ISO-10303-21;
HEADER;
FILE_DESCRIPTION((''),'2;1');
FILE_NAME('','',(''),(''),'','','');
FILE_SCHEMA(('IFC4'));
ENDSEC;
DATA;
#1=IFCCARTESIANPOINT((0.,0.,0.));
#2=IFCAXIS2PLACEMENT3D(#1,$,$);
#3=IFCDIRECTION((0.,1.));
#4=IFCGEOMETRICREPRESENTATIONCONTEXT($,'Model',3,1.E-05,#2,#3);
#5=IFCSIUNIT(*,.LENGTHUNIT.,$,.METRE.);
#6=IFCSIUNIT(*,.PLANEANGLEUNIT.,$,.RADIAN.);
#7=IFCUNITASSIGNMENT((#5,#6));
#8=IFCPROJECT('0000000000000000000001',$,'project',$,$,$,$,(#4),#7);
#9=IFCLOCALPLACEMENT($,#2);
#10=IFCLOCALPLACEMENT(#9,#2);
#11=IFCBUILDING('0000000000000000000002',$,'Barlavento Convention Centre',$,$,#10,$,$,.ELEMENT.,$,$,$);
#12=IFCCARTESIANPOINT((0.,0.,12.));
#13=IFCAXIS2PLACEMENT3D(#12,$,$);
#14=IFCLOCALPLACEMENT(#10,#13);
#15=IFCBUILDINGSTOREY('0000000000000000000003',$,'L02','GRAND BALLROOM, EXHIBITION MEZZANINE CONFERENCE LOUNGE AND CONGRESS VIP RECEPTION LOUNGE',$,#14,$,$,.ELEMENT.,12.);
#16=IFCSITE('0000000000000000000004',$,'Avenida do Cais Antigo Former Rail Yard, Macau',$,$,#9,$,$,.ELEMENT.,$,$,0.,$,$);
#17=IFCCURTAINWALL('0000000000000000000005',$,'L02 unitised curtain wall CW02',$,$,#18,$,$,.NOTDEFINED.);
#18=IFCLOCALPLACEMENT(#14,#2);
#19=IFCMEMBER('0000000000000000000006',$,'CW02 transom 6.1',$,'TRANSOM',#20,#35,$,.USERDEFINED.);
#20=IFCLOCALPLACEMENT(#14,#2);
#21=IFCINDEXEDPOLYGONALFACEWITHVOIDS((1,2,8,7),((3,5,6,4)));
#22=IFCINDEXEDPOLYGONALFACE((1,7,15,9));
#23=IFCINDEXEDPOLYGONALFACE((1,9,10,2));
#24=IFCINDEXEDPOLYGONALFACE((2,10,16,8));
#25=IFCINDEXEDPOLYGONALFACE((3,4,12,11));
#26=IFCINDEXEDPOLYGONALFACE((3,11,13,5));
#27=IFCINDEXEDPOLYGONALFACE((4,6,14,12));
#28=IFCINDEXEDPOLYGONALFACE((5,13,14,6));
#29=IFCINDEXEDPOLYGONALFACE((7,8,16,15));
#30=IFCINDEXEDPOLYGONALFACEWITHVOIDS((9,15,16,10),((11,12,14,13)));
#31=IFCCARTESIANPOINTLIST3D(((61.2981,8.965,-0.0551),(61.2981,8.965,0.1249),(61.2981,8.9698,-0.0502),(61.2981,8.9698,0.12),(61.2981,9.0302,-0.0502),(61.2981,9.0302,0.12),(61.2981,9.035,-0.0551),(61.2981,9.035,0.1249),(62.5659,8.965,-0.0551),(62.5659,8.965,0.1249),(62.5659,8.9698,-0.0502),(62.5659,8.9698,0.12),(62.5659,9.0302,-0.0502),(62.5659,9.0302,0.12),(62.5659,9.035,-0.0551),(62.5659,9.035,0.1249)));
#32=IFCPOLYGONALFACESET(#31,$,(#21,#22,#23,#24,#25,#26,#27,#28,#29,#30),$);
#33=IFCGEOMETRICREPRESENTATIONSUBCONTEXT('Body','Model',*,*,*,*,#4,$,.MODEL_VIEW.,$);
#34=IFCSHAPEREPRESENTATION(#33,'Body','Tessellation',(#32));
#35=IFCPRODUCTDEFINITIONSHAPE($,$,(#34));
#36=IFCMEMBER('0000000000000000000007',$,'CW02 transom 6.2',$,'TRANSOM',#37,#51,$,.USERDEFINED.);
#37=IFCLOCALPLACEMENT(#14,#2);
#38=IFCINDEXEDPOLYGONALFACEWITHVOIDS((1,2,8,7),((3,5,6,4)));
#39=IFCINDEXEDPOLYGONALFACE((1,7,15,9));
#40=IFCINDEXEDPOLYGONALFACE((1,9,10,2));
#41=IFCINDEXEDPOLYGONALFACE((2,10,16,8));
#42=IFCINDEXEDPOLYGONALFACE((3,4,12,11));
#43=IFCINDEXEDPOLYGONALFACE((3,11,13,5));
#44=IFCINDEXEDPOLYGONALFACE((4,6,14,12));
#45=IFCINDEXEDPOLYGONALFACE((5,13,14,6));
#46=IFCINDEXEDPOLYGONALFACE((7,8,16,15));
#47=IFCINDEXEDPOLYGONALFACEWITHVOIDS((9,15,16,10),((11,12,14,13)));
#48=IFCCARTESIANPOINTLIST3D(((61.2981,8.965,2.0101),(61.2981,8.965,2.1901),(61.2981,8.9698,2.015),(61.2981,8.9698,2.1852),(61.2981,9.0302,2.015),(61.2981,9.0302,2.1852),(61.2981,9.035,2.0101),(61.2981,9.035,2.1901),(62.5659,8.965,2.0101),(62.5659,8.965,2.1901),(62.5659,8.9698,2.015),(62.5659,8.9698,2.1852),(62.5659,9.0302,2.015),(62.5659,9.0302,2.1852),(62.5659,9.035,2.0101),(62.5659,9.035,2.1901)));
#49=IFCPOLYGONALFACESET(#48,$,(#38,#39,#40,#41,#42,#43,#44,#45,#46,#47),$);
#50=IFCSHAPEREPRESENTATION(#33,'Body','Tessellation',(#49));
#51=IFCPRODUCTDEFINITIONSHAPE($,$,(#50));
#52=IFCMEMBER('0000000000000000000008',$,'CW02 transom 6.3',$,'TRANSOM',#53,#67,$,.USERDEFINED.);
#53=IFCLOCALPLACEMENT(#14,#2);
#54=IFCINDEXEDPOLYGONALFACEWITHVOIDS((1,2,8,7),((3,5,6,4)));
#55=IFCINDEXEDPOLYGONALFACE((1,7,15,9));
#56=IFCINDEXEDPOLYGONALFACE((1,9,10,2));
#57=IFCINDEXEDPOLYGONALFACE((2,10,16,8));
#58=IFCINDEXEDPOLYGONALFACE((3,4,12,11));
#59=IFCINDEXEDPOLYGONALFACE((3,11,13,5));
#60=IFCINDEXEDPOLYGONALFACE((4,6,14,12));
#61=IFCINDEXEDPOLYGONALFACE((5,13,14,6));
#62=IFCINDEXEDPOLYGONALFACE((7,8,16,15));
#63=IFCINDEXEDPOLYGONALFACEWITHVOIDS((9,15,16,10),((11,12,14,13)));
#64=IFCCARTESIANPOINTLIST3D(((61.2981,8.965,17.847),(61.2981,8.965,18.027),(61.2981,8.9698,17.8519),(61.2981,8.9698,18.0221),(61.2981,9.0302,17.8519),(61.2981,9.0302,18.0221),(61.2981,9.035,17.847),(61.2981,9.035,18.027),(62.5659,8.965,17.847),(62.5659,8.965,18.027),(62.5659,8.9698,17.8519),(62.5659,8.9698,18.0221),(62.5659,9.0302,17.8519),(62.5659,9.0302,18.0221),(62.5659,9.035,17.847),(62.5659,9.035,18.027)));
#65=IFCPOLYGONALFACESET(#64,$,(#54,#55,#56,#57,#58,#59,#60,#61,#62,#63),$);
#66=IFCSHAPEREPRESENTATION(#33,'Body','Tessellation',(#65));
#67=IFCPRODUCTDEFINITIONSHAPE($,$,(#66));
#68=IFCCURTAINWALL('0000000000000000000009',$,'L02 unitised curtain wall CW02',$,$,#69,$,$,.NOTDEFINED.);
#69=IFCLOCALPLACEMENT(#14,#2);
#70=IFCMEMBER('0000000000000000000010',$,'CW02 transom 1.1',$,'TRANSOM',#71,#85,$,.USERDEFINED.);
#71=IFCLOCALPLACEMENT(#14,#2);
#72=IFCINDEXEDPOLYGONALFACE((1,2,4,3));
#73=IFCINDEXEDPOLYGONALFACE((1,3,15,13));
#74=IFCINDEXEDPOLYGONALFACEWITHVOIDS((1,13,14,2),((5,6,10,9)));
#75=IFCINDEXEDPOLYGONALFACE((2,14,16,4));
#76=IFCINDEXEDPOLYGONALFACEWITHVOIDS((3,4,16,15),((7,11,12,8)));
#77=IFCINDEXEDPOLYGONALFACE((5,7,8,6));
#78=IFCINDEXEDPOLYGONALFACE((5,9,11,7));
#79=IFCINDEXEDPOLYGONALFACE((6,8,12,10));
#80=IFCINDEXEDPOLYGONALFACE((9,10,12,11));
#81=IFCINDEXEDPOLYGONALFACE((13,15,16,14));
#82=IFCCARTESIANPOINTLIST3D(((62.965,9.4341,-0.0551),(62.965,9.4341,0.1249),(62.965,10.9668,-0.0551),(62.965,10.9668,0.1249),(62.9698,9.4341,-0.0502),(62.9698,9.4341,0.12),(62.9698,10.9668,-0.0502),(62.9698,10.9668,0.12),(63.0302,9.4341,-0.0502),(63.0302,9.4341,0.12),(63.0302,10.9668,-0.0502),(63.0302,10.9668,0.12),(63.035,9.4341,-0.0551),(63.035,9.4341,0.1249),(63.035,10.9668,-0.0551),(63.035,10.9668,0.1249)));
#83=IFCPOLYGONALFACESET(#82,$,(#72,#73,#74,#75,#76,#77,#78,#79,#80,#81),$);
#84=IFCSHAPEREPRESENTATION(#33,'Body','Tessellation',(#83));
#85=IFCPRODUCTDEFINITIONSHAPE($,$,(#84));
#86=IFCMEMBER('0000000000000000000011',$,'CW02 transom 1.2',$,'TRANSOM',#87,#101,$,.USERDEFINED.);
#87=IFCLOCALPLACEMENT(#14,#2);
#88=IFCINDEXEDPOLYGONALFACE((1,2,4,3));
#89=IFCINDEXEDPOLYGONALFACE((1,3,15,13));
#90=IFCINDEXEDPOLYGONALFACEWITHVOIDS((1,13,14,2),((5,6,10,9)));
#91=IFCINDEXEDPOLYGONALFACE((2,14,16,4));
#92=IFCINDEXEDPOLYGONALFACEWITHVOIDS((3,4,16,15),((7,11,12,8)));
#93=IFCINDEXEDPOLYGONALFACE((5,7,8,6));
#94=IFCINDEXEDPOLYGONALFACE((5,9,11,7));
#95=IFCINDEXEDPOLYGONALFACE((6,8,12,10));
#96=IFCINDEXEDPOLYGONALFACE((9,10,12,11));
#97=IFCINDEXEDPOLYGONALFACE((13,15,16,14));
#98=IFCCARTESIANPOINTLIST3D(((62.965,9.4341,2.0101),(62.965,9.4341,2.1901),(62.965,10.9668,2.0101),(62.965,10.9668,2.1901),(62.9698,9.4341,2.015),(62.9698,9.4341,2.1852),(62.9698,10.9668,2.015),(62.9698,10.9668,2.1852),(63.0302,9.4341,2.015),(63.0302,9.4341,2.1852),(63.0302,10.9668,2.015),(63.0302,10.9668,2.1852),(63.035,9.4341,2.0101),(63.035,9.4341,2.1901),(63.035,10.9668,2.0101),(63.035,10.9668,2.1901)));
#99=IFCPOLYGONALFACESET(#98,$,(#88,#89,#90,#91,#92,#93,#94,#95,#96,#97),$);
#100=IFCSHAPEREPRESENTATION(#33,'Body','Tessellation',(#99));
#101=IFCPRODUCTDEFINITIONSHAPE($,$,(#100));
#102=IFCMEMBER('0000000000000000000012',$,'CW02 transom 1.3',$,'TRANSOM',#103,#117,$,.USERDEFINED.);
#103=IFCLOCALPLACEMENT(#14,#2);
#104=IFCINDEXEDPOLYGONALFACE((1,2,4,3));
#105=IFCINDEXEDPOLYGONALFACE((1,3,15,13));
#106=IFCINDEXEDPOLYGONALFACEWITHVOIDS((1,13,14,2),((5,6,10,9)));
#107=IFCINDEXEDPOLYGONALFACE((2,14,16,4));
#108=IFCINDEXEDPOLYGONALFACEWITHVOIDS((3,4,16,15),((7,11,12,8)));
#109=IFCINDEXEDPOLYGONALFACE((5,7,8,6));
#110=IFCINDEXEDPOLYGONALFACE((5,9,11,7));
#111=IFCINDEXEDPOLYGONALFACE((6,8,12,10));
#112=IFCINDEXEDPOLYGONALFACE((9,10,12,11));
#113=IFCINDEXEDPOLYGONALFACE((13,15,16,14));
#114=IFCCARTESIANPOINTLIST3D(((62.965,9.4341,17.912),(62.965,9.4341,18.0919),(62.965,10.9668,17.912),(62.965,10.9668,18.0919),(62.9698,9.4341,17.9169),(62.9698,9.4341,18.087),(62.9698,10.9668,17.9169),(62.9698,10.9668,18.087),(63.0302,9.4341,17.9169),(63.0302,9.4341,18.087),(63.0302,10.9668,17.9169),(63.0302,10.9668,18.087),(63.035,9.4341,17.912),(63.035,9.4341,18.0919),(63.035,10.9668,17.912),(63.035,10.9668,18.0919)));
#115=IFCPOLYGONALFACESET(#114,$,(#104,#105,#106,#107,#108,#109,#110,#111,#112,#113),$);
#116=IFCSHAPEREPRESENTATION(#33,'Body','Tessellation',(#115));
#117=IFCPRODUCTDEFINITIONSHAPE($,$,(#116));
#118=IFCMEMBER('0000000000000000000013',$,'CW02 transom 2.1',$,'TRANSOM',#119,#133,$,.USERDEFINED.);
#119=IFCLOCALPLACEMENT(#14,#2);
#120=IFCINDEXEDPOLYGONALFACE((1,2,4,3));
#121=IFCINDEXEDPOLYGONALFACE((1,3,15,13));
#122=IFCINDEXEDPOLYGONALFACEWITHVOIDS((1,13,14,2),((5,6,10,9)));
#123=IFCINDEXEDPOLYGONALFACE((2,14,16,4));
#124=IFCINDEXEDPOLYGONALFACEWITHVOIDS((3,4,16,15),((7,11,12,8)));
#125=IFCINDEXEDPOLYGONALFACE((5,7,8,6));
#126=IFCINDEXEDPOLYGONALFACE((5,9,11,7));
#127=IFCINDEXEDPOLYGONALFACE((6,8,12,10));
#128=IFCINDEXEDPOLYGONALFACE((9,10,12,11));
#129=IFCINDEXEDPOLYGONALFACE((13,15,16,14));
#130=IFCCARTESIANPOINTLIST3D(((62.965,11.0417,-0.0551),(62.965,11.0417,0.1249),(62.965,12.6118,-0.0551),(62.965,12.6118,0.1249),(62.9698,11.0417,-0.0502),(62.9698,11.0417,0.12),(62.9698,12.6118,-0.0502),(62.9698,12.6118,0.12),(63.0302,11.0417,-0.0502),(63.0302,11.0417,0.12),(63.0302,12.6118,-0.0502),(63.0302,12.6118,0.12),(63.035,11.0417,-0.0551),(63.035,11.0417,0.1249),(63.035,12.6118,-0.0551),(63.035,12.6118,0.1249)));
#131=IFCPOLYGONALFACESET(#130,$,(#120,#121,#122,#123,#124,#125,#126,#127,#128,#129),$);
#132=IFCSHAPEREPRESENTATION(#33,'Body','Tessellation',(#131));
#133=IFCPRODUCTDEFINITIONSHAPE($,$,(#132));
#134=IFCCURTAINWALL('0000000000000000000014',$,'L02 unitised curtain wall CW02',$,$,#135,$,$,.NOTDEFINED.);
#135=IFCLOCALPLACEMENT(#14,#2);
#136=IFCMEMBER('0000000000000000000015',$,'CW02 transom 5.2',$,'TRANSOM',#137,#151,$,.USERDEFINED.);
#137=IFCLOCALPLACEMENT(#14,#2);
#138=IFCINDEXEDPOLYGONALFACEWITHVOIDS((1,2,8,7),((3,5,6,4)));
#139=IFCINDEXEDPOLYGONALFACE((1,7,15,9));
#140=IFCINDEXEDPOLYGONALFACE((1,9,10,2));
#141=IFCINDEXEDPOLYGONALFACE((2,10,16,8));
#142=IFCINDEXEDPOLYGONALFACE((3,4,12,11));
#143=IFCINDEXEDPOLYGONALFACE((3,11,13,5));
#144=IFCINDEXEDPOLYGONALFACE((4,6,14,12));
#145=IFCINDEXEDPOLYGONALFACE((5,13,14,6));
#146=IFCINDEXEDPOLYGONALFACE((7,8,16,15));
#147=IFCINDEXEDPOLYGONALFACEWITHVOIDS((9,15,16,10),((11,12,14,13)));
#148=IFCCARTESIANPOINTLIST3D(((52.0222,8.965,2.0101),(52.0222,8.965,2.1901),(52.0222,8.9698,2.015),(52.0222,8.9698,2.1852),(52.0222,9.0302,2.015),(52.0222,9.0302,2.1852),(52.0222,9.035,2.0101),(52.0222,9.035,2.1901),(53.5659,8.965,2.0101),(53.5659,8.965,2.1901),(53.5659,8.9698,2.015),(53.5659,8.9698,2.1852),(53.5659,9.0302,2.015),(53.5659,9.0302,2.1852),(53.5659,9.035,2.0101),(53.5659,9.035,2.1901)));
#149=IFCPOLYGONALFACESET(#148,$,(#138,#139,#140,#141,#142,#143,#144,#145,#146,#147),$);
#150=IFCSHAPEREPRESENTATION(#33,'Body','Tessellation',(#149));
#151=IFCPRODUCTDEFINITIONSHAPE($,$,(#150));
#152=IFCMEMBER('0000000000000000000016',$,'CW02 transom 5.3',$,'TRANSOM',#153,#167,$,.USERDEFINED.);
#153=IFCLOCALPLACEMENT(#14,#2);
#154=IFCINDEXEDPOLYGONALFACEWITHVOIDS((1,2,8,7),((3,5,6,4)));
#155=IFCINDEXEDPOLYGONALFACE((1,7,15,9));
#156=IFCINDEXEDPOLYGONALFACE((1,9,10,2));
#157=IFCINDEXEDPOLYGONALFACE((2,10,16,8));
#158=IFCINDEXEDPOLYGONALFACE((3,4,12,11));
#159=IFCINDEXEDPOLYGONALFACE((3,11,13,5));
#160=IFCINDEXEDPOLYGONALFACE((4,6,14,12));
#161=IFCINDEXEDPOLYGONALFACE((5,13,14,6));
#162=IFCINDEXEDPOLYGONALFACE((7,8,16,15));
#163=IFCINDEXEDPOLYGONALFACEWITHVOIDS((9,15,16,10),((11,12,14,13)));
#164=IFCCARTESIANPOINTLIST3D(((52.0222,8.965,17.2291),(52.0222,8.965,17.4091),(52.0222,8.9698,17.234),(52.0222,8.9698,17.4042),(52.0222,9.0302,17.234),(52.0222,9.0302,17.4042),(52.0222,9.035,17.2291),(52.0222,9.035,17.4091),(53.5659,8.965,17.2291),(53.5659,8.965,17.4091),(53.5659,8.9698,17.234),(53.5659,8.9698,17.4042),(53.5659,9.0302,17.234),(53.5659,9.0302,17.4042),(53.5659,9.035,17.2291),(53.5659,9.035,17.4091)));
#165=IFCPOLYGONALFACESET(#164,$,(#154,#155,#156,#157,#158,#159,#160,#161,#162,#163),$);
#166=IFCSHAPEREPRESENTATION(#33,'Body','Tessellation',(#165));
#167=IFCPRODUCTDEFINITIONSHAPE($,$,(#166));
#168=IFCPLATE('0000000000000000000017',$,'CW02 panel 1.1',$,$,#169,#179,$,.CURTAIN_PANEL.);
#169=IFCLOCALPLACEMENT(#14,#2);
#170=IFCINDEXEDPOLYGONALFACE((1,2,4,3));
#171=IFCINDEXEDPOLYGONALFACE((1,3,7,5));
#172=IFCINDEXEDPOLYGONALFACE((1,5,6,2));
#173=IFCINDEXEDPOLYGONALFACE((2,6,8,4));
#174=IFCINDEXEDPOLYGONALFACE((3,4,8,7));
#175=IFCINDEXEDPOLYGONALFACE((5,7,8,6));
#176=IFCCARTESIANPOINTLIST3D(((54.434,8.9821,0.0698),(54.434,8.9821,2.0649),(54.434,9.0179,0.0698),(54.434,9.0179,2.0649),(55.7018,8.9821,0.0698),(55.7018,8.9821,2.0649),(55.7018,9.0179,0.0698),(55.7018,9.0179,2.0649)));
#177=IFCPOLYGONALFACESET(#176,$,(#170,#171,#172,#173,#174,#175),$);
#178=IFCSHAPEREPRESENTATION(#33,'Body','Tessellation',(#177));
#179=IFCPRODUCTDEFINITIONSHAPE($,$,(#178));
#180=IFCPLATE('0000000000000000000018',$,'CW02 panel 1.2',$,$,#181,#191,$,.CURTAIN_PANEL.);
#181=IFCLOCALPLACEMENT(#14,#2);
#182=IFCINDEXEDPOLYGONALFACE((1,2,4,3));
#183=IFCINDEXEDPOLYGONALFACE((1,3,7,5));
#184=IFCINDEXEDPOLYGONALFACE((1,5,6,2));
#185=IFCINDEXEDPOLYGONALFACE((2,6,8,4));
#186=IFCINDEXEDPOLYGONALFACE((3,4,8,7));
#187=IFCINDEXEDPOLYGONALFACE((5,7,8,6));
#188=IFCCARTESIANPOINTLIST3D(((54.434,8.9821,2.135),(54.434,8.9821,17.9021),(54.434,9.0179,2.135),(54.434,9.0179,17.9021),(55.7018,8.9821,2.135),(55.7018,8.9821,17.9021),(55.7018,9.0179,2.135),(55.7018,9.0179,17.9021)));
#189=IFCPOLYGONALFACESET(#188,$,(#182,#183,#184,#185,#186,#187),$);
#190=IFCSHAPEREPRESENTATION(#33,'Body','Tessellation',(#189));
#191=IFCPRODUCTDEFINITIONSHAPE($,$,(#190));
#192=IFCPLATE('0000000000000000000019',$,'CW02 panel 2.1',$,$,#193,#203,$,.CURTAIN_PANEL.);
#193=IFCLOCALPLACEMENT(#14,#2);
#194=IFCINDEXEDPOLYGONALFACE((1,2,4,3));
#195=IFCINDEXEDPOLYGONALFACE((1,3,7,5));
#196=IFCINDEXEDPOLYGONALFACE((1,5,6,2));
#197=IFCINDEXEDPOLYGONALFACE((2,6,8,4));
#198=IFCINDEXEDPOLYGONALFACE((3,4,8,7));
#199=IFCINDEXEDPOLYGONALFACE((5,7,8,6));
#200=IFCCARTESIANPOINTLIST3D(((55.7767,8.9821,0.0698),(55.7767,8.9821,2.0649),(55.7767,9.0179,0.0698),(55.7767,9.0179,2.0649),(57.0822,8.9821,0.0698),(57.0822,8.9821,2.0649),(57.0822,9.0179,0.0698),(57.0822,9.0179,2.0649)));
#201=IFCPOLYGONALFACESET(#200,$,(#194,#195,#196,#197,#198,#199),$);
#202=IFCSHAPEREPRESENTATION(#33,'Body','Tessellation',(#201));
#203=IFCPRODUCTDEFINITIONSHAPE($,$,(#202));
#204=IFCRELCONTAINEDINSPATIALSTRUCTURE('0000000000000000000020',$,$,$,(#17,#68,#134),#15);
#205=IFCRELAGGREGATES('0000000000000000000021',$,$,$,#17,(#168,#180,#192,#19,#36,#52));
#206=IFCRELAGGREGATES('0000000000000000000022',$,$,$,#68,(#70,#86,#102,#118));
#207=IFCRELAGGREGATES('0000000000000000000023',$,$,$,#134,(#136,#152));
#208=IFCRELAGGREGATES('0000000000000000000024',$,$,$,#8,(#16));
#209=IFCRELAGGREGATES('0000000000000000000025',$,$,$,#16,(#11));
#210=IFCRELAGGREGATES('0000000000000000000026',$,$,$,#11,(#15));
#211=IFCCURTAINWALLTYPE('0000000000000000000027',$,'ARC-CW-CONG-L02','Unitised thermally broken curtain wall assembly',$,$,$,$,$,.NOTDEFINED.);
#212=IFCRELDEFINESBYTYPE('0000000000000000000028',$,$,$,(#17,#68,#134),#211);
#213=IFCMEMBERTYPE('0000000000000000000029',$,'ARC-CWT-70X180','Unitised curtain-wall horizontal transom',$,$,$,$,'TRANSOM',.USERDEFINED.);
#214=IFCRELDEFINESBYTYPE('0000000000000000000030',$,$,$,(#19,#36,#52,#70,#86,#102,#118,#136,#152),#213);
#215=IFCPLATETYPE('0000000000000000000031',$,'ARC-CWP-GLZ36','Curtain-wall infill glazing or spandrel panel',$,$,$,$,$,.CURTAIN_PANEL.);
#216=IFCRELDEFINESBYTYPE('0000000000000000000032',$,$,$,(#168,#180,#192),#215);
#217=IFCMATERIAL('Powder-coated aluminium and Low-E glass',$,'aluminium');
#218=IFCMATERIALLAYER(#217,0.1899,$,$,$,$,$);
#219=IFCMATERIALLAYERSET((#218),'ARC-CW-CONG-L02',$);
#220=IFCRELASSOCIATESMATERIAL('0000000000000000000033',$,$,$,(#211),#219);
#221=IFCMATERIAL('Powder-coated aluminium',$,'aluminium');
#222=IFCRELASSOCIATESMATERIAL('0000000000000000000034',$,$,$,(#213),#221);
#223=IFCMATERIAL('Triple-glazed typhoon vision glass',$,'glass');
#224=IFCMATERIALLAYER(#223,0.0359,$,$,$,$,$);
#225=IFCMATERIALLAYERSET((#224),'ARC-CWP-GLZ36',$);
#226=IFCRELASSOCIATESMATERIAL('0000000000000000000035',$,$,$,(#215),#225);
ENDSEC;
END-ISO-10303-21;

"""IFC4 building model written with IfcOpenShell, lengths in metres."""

from ifc_helpers import new_model, si_unit, direction, frame, origin, origin_2d, place, context, subcontext, project, spatial, rectangle, hollow_rectangle, extrude, material, layer, layer_set, material_profile, profile_set, type_object, element, aggregate, save


model = new_model("IFC4")

# Units and contexts
model_context = context("Model", 3, precision=1e-05, world=origin(), true_north=direction((0.0, 1.0)))
body_context = subcontext(model_context, "Body", "Model", "MODEL_VIEW")
ifc_project = project(units=[si_unit("LENGTHUNIT", "METRE"), si_unit("PLANEANGLEUNIT", "RADIAN")], contexts=[model_context])

# Site, building, storey
site_placement = place(None, origin())
site = spatial("IfcSite", under=ifc_project, at=site_placement, Name="Avenida do Cais Antigo Former Rail Yard, Macau", CompositionType="ELEMENT", RefElevation=0.0)
building_placement = place(site_placement, origin())
building = spatial("IfcBuilding", under=site, at=building_placement, Name="Barlavento Convention Centre", CompositionType="ELEMENT")
storey_placement = place(building_placement, frame((0.0, 0.0, 12.0)))
storey = spatial("IfcBuildingStorey", under=building, at=storey_placement, Name="L02", Description="GRAND BALLROOM, EXHIBITION MEZZANINE CONFERENCE LOUNGE AND CONGRESS VIP RECEPTION LOUNGE", CompositionType="ELEMENT", Elevation=12.0)

# Curtain walls, members
ifc_material_1 = material(Name="Powder-coated aluminium and Low-E glass", Category="aluminium")
ifc_layer_1 = layer(ifc_material_1, 0.1899)
ifc_layer_set_1 = layer_set([ifc_layer_1], Name="ARC-CW-CONG-L02")
curtain_wall_type = type_object("IfcCurtainWallType", Name="ARC-CW-CONG-L02", Description="Unitised thermally broken curtain wall assembly", PredefinedType="NOTDEFINED", material=ifc_layer_set_1)
curtain_wall_1_placement = place(storey_placement, origin())
curtain_wall_1 = element("IfcCurtainWall", 1, at=curtain_wall_1_placement, inside=storey, type_object=curtain_wall_type, Name="L02 unitised curtain wall CW02", PredefinedType="NOTDEFINED")
ifc_material_2 = material(Name="Powder-coated aluminium", Category="aluminium")
ifc_material_profile = material_profile(ifc_material_2, hollow_rectangle(XDim=0.0701, YDim=0.1799, WallThickness=0.0049, at=origin_2d()), Name="AL-TRAN 70x180x5")
ifc_profile_set = profile_set([ifc_material_profile], Name="Powder-coated aluminium")
member_type = type_object("IfcMemberType", Name="ARC-CWT-70X180", Description="Unitised curtain-wall horizontal transom", ElementType="TRANSOM", PredefinedType="USERDEFINED", material=ifc_profile_set)
member_1_placement = place(storey_placement, frame((61.2981, 9.0, 0.0349), z_axis=(1.0, 0.0, 0.0), x_axis=(0.0, 1.0, 0.0)))
member_1 = element("IfcMember", 2, at=member_1_placement, type_object=member_type, Name="CW02 transom 6.1", ObjectType="TRANSOM", PredefinedType="USERDEFINED", context=body_context, shape_type="SweptSolid", body=[
    extrude(hollow_rectangle(XDim=0.0701, YDim=0.1799, WallThickness=0.0049, at=origin_2d()), origin(), (0.0, 0.0, 1.0), 1.2678),
])
member_2_placement = place(storey_placement, frame((61.2981, 9.0, 2.1001), z_axis=(1.0, 0.0, 0.0), x_axis=(0.0, 1.0, 0.0)))
member_2 = element("IfcMember", 3, at=member_2_placement, type_object=member_type, Name="CW02 transom 6.2", ObjectType="TRANSOM", PredefinedType="USERDEFINED", context=body_context, shape_type="SweptSolid", body=[
    extrude(hollow_rectangle(XDim=0.0701, YDim=0.1799, WallThickness=0.0049, at=origin_2d()), origin(), (0.0, 0.0, 1.0), 1.2678),
])
member_3_placement = place(storey_placement, frame((61.2981, 9.0, 17.937), z_axis=(1.0, 0.0, 0.0), x_axis=(0.0, 1.0, 0.0)))
member_3 = element("IfcMember", 4, at=member_3_placement, type_object=member_type, Name="CW02 transom 6.3", ObjectType="TRANSOM", PredefinedType="USERDEFINED", context=body_context, shape_type="SweptSolid", body=[
    extrude(hollow_rectangle(XDim=0.0701, YDim=0.1799, WallThickness=0.0049, at=origin_2d()), origin(), (0.0, 0.0, 1.0), 1.2678),
])
curtain_wall_2_placement = place(storey_placement, origin())
curtain_wall_2 = element("IfcCurtainWall", 5, at=curtain_wall_2_placement, inside=storey, type_object=curtain_wall_type, Name="L02 unitised curtain wall CW02", PredefinedType="NOTDEFINED")
member_4_placement = place(storey_placement, frame((63.0, 9.4341, 0.0349), z_axis=(0.0, 1.0, 0.0), x_axis=(-1.0, 0.0, 0.0)))
member_4 = element("IfcMember", 6, at=member_4_placement, type_object=member_type, Name="CW02 transom 1.1", ObjectType="TRANSOM", PredefinedType="USERDEFINED", context=body_context, shape_type="SweptSolid", body=[
    extrude(hollow_rectangle(XDim=0.0701, YDim=0.1799, WallThickness=0.0049, at=origin_2d()), origin(), (0.0, 0.0, 1.0), 1.5327),
])
member_5_placement = place(storey_placement, frame((63.0, 9.4341, 2.1001), z_axis=(0.0, 1.0, 0.0), x_axis=(-1.0, 0.0, 0.0)))
member_5 = element("IfcMember", 7, at=member_5_placement, type_object=member_type, Name="CW02 transom 1.2", ObjectType="TRANSOM", PredefinedType="USERDEFINED", context=body_context, shape_type="SweptSolid", body=[
    extrude(hollow_rectangle(XDim=0.0701, YDim=0.1799, WallThickness=0.0049, at=origin_2d()), origin(), (0.0, 0.0, 1.0), 1.5327),
])
member_6_placement = place(storey_placement, frame((63.0, 9.4341, 18.002), z_axis=(0.0, 1.0, 0.0), x_axis=(-1.0, 0.0, 0.0)))
member_6 = element("IfcMember", 8, at=member_6_placement, type_object=member_type, Name="CW02 transom 1.3", ObjectType="TRANSOM", PredefinedType="USERDEFINED", context=body_context, shape_type="SweptSolid", body=[
    extrude(hollow_rectangle(XDim=0.0701, YDim=0.1799, WallThickness=0.0049, at=origin_2d()), origin(), (0.0, 0.0, 1.0), 1.5327),
])
member_7_placement = place(storey_placement, frame((63.0, 11.0417, 0.0349), z_axis=(0.0, 1.0, 0.0), x_axis=(-1.0, 0.0, 0.0)))
member_7 = element("IfcMember", 9, at=member_7_placement, type_object=member_type, Name="CW02 transom 2.1", ObjectType="TRANSOM", PredefinedType="USERDEFINED", context=body_context, shape_type="SweptSolid", body=[
    extrude(hollow_rectangle(XDim=0.0701, YDim=0.1799, WallThickness=0.0049, at=origin_2d()), origin(), (0.0, 0.0, 1.0), 1.5701),
])
curtain_wall_3_placement = place(storey_placement, origin())
curtain_wall_3 = element("IfcCurtainWall", 10, at=curtain_wall_3_placement, inside=storey, type_object=curtain_wall_type, Name="L02 unitised curtain wall CW02", PredefinedType="NOTDEFINED")
member_8_placement = place(storey_placement, frame((52.0222, 9.0, 2.1001), z_axis=(1.0, 0.0, 0.0), x_axis=(0.0, 1.0, 0.0)))
member_8 = element("IfcMember", 11, at=member_8_placement, type_object=member_type, Name="CW02 transom 5.2", ObjectType="TRANSOM", PredefinedType="USERDEFINED", context=body_context, shape_type="SweptSolid", body=[
    extrude(hollow_rectangle(XDim=0.0701, YDim=0.1799, WallThickness=0.0049, at=origin_2d()), origin(), (0.0, 0.0, 1.0), 1.5437),
])
member_9_placement = place(storey_placement, frame((52.0222, 9.0, 17.3191), z_axis=(1.0, 0.0, 0.0), x_axis=(0.0, 1.0, 0.0)))
member_9 = element("IfcMember", 12, at=member_9_placement, type_object=member_type, Name="CW02 transom 5.3", ObjectType="TRANSOM", PredefinedType="USERDEFINED", context=body_context, shape_type="SweptSolid", body=[
    extrude(hollow_rectangle(XDim=0.0701, YDim=0.1799, WallThickness=0.0049, at=origin_2d()), origin(), (0.0, 0.0, 1.0), 1.5437),
])

# Plates
ifc_material_3 = material(Name="Triple-glazed typhoon vision glass", Category="glass")
ifc_layer_2 = layer(ifc_material_3, 0.0359)
ifc_layer_set_2 = layer_set([ifc_layer_2], Name="ARC-CWP-GLZ36")
plate_type_1 = type_object("IfcPlateType", Name="ARC-CWP-GLZ36", Description="Curtain-wall infill glazing or spandrel panel", PredefinedType="CURTAIN_PANEL", material=ifc_layer_set_2)
plate_1_placement = place(storey_placement, frame((55.0679, 9.0, 0.0698), z_axis=(0.0, 0.0, 1.0), x_axis=(1.0, 0.0, 0.0)))
plate_1 = element("IfcPlate", 13, at=plate_1_placement, type_object=plate_type_1, Name="CW02 panel 1.1", PredefinedType="CURTAIN_PANEL", context=body_context, shape_type="SweptSolid", body=[
    extrude(rectangle(XDim=1.2678, YDim=0.0359, at=origin_2d()), origin(), (0.0, 0.0, 1.0), 1.9951),
])
plate_2_placement = place(storey_placement, frame((55.0679, 9.0, 2.135), z_axis=(0.0, 0.0, 1.0), x_axis=(1.0, 0.0, 0.0)))
plate_2 = element("IfcPlate", 14, at=plate_2_placement, type_object=plate_type_1, Name="CW02 panel 1.2", PredefinedType="CURTAIN_PANEL", context=body_context, shape_type="SweptSolid", body=[
    extrude(rectangle(XDim=1.2678, YDim=0.0359, at=origin_2d()), origin(), (0.0, 0.0, 1.0), 15.7671),
])
plate_3_placement = place(storey_placement, frame((56.4294, 9.0, 0.0698), z_axis=(0.0, 0.0, 1.0), x_axis=(1.0, 0.0, 0.0)))
plate_3 = element("IfcPlate", 15, at=plate_3_placement, type_object=plate_type_1, Name="CW02 panel 2.1", PredefinedType="CURTAIN_PANEL", context=body_context, shape_type="SweptSolid", body=[
    extrude(rectangle(XDim=1.3054, YDim=0.0359, at=origin_2d()), origin(), (0.0, 0.0, 1.0), 1.9951),
])
aggregate(curtain_wall_1, [plate_1, plate_2, plate_3, member_1, member_2, member_3])
aggregate(curtain_wall_2, [member_4, member_5, member_6, member_7])
aggregate(curtain_wall_3, [member_8, member_9])

save(model, "model.ifc")
